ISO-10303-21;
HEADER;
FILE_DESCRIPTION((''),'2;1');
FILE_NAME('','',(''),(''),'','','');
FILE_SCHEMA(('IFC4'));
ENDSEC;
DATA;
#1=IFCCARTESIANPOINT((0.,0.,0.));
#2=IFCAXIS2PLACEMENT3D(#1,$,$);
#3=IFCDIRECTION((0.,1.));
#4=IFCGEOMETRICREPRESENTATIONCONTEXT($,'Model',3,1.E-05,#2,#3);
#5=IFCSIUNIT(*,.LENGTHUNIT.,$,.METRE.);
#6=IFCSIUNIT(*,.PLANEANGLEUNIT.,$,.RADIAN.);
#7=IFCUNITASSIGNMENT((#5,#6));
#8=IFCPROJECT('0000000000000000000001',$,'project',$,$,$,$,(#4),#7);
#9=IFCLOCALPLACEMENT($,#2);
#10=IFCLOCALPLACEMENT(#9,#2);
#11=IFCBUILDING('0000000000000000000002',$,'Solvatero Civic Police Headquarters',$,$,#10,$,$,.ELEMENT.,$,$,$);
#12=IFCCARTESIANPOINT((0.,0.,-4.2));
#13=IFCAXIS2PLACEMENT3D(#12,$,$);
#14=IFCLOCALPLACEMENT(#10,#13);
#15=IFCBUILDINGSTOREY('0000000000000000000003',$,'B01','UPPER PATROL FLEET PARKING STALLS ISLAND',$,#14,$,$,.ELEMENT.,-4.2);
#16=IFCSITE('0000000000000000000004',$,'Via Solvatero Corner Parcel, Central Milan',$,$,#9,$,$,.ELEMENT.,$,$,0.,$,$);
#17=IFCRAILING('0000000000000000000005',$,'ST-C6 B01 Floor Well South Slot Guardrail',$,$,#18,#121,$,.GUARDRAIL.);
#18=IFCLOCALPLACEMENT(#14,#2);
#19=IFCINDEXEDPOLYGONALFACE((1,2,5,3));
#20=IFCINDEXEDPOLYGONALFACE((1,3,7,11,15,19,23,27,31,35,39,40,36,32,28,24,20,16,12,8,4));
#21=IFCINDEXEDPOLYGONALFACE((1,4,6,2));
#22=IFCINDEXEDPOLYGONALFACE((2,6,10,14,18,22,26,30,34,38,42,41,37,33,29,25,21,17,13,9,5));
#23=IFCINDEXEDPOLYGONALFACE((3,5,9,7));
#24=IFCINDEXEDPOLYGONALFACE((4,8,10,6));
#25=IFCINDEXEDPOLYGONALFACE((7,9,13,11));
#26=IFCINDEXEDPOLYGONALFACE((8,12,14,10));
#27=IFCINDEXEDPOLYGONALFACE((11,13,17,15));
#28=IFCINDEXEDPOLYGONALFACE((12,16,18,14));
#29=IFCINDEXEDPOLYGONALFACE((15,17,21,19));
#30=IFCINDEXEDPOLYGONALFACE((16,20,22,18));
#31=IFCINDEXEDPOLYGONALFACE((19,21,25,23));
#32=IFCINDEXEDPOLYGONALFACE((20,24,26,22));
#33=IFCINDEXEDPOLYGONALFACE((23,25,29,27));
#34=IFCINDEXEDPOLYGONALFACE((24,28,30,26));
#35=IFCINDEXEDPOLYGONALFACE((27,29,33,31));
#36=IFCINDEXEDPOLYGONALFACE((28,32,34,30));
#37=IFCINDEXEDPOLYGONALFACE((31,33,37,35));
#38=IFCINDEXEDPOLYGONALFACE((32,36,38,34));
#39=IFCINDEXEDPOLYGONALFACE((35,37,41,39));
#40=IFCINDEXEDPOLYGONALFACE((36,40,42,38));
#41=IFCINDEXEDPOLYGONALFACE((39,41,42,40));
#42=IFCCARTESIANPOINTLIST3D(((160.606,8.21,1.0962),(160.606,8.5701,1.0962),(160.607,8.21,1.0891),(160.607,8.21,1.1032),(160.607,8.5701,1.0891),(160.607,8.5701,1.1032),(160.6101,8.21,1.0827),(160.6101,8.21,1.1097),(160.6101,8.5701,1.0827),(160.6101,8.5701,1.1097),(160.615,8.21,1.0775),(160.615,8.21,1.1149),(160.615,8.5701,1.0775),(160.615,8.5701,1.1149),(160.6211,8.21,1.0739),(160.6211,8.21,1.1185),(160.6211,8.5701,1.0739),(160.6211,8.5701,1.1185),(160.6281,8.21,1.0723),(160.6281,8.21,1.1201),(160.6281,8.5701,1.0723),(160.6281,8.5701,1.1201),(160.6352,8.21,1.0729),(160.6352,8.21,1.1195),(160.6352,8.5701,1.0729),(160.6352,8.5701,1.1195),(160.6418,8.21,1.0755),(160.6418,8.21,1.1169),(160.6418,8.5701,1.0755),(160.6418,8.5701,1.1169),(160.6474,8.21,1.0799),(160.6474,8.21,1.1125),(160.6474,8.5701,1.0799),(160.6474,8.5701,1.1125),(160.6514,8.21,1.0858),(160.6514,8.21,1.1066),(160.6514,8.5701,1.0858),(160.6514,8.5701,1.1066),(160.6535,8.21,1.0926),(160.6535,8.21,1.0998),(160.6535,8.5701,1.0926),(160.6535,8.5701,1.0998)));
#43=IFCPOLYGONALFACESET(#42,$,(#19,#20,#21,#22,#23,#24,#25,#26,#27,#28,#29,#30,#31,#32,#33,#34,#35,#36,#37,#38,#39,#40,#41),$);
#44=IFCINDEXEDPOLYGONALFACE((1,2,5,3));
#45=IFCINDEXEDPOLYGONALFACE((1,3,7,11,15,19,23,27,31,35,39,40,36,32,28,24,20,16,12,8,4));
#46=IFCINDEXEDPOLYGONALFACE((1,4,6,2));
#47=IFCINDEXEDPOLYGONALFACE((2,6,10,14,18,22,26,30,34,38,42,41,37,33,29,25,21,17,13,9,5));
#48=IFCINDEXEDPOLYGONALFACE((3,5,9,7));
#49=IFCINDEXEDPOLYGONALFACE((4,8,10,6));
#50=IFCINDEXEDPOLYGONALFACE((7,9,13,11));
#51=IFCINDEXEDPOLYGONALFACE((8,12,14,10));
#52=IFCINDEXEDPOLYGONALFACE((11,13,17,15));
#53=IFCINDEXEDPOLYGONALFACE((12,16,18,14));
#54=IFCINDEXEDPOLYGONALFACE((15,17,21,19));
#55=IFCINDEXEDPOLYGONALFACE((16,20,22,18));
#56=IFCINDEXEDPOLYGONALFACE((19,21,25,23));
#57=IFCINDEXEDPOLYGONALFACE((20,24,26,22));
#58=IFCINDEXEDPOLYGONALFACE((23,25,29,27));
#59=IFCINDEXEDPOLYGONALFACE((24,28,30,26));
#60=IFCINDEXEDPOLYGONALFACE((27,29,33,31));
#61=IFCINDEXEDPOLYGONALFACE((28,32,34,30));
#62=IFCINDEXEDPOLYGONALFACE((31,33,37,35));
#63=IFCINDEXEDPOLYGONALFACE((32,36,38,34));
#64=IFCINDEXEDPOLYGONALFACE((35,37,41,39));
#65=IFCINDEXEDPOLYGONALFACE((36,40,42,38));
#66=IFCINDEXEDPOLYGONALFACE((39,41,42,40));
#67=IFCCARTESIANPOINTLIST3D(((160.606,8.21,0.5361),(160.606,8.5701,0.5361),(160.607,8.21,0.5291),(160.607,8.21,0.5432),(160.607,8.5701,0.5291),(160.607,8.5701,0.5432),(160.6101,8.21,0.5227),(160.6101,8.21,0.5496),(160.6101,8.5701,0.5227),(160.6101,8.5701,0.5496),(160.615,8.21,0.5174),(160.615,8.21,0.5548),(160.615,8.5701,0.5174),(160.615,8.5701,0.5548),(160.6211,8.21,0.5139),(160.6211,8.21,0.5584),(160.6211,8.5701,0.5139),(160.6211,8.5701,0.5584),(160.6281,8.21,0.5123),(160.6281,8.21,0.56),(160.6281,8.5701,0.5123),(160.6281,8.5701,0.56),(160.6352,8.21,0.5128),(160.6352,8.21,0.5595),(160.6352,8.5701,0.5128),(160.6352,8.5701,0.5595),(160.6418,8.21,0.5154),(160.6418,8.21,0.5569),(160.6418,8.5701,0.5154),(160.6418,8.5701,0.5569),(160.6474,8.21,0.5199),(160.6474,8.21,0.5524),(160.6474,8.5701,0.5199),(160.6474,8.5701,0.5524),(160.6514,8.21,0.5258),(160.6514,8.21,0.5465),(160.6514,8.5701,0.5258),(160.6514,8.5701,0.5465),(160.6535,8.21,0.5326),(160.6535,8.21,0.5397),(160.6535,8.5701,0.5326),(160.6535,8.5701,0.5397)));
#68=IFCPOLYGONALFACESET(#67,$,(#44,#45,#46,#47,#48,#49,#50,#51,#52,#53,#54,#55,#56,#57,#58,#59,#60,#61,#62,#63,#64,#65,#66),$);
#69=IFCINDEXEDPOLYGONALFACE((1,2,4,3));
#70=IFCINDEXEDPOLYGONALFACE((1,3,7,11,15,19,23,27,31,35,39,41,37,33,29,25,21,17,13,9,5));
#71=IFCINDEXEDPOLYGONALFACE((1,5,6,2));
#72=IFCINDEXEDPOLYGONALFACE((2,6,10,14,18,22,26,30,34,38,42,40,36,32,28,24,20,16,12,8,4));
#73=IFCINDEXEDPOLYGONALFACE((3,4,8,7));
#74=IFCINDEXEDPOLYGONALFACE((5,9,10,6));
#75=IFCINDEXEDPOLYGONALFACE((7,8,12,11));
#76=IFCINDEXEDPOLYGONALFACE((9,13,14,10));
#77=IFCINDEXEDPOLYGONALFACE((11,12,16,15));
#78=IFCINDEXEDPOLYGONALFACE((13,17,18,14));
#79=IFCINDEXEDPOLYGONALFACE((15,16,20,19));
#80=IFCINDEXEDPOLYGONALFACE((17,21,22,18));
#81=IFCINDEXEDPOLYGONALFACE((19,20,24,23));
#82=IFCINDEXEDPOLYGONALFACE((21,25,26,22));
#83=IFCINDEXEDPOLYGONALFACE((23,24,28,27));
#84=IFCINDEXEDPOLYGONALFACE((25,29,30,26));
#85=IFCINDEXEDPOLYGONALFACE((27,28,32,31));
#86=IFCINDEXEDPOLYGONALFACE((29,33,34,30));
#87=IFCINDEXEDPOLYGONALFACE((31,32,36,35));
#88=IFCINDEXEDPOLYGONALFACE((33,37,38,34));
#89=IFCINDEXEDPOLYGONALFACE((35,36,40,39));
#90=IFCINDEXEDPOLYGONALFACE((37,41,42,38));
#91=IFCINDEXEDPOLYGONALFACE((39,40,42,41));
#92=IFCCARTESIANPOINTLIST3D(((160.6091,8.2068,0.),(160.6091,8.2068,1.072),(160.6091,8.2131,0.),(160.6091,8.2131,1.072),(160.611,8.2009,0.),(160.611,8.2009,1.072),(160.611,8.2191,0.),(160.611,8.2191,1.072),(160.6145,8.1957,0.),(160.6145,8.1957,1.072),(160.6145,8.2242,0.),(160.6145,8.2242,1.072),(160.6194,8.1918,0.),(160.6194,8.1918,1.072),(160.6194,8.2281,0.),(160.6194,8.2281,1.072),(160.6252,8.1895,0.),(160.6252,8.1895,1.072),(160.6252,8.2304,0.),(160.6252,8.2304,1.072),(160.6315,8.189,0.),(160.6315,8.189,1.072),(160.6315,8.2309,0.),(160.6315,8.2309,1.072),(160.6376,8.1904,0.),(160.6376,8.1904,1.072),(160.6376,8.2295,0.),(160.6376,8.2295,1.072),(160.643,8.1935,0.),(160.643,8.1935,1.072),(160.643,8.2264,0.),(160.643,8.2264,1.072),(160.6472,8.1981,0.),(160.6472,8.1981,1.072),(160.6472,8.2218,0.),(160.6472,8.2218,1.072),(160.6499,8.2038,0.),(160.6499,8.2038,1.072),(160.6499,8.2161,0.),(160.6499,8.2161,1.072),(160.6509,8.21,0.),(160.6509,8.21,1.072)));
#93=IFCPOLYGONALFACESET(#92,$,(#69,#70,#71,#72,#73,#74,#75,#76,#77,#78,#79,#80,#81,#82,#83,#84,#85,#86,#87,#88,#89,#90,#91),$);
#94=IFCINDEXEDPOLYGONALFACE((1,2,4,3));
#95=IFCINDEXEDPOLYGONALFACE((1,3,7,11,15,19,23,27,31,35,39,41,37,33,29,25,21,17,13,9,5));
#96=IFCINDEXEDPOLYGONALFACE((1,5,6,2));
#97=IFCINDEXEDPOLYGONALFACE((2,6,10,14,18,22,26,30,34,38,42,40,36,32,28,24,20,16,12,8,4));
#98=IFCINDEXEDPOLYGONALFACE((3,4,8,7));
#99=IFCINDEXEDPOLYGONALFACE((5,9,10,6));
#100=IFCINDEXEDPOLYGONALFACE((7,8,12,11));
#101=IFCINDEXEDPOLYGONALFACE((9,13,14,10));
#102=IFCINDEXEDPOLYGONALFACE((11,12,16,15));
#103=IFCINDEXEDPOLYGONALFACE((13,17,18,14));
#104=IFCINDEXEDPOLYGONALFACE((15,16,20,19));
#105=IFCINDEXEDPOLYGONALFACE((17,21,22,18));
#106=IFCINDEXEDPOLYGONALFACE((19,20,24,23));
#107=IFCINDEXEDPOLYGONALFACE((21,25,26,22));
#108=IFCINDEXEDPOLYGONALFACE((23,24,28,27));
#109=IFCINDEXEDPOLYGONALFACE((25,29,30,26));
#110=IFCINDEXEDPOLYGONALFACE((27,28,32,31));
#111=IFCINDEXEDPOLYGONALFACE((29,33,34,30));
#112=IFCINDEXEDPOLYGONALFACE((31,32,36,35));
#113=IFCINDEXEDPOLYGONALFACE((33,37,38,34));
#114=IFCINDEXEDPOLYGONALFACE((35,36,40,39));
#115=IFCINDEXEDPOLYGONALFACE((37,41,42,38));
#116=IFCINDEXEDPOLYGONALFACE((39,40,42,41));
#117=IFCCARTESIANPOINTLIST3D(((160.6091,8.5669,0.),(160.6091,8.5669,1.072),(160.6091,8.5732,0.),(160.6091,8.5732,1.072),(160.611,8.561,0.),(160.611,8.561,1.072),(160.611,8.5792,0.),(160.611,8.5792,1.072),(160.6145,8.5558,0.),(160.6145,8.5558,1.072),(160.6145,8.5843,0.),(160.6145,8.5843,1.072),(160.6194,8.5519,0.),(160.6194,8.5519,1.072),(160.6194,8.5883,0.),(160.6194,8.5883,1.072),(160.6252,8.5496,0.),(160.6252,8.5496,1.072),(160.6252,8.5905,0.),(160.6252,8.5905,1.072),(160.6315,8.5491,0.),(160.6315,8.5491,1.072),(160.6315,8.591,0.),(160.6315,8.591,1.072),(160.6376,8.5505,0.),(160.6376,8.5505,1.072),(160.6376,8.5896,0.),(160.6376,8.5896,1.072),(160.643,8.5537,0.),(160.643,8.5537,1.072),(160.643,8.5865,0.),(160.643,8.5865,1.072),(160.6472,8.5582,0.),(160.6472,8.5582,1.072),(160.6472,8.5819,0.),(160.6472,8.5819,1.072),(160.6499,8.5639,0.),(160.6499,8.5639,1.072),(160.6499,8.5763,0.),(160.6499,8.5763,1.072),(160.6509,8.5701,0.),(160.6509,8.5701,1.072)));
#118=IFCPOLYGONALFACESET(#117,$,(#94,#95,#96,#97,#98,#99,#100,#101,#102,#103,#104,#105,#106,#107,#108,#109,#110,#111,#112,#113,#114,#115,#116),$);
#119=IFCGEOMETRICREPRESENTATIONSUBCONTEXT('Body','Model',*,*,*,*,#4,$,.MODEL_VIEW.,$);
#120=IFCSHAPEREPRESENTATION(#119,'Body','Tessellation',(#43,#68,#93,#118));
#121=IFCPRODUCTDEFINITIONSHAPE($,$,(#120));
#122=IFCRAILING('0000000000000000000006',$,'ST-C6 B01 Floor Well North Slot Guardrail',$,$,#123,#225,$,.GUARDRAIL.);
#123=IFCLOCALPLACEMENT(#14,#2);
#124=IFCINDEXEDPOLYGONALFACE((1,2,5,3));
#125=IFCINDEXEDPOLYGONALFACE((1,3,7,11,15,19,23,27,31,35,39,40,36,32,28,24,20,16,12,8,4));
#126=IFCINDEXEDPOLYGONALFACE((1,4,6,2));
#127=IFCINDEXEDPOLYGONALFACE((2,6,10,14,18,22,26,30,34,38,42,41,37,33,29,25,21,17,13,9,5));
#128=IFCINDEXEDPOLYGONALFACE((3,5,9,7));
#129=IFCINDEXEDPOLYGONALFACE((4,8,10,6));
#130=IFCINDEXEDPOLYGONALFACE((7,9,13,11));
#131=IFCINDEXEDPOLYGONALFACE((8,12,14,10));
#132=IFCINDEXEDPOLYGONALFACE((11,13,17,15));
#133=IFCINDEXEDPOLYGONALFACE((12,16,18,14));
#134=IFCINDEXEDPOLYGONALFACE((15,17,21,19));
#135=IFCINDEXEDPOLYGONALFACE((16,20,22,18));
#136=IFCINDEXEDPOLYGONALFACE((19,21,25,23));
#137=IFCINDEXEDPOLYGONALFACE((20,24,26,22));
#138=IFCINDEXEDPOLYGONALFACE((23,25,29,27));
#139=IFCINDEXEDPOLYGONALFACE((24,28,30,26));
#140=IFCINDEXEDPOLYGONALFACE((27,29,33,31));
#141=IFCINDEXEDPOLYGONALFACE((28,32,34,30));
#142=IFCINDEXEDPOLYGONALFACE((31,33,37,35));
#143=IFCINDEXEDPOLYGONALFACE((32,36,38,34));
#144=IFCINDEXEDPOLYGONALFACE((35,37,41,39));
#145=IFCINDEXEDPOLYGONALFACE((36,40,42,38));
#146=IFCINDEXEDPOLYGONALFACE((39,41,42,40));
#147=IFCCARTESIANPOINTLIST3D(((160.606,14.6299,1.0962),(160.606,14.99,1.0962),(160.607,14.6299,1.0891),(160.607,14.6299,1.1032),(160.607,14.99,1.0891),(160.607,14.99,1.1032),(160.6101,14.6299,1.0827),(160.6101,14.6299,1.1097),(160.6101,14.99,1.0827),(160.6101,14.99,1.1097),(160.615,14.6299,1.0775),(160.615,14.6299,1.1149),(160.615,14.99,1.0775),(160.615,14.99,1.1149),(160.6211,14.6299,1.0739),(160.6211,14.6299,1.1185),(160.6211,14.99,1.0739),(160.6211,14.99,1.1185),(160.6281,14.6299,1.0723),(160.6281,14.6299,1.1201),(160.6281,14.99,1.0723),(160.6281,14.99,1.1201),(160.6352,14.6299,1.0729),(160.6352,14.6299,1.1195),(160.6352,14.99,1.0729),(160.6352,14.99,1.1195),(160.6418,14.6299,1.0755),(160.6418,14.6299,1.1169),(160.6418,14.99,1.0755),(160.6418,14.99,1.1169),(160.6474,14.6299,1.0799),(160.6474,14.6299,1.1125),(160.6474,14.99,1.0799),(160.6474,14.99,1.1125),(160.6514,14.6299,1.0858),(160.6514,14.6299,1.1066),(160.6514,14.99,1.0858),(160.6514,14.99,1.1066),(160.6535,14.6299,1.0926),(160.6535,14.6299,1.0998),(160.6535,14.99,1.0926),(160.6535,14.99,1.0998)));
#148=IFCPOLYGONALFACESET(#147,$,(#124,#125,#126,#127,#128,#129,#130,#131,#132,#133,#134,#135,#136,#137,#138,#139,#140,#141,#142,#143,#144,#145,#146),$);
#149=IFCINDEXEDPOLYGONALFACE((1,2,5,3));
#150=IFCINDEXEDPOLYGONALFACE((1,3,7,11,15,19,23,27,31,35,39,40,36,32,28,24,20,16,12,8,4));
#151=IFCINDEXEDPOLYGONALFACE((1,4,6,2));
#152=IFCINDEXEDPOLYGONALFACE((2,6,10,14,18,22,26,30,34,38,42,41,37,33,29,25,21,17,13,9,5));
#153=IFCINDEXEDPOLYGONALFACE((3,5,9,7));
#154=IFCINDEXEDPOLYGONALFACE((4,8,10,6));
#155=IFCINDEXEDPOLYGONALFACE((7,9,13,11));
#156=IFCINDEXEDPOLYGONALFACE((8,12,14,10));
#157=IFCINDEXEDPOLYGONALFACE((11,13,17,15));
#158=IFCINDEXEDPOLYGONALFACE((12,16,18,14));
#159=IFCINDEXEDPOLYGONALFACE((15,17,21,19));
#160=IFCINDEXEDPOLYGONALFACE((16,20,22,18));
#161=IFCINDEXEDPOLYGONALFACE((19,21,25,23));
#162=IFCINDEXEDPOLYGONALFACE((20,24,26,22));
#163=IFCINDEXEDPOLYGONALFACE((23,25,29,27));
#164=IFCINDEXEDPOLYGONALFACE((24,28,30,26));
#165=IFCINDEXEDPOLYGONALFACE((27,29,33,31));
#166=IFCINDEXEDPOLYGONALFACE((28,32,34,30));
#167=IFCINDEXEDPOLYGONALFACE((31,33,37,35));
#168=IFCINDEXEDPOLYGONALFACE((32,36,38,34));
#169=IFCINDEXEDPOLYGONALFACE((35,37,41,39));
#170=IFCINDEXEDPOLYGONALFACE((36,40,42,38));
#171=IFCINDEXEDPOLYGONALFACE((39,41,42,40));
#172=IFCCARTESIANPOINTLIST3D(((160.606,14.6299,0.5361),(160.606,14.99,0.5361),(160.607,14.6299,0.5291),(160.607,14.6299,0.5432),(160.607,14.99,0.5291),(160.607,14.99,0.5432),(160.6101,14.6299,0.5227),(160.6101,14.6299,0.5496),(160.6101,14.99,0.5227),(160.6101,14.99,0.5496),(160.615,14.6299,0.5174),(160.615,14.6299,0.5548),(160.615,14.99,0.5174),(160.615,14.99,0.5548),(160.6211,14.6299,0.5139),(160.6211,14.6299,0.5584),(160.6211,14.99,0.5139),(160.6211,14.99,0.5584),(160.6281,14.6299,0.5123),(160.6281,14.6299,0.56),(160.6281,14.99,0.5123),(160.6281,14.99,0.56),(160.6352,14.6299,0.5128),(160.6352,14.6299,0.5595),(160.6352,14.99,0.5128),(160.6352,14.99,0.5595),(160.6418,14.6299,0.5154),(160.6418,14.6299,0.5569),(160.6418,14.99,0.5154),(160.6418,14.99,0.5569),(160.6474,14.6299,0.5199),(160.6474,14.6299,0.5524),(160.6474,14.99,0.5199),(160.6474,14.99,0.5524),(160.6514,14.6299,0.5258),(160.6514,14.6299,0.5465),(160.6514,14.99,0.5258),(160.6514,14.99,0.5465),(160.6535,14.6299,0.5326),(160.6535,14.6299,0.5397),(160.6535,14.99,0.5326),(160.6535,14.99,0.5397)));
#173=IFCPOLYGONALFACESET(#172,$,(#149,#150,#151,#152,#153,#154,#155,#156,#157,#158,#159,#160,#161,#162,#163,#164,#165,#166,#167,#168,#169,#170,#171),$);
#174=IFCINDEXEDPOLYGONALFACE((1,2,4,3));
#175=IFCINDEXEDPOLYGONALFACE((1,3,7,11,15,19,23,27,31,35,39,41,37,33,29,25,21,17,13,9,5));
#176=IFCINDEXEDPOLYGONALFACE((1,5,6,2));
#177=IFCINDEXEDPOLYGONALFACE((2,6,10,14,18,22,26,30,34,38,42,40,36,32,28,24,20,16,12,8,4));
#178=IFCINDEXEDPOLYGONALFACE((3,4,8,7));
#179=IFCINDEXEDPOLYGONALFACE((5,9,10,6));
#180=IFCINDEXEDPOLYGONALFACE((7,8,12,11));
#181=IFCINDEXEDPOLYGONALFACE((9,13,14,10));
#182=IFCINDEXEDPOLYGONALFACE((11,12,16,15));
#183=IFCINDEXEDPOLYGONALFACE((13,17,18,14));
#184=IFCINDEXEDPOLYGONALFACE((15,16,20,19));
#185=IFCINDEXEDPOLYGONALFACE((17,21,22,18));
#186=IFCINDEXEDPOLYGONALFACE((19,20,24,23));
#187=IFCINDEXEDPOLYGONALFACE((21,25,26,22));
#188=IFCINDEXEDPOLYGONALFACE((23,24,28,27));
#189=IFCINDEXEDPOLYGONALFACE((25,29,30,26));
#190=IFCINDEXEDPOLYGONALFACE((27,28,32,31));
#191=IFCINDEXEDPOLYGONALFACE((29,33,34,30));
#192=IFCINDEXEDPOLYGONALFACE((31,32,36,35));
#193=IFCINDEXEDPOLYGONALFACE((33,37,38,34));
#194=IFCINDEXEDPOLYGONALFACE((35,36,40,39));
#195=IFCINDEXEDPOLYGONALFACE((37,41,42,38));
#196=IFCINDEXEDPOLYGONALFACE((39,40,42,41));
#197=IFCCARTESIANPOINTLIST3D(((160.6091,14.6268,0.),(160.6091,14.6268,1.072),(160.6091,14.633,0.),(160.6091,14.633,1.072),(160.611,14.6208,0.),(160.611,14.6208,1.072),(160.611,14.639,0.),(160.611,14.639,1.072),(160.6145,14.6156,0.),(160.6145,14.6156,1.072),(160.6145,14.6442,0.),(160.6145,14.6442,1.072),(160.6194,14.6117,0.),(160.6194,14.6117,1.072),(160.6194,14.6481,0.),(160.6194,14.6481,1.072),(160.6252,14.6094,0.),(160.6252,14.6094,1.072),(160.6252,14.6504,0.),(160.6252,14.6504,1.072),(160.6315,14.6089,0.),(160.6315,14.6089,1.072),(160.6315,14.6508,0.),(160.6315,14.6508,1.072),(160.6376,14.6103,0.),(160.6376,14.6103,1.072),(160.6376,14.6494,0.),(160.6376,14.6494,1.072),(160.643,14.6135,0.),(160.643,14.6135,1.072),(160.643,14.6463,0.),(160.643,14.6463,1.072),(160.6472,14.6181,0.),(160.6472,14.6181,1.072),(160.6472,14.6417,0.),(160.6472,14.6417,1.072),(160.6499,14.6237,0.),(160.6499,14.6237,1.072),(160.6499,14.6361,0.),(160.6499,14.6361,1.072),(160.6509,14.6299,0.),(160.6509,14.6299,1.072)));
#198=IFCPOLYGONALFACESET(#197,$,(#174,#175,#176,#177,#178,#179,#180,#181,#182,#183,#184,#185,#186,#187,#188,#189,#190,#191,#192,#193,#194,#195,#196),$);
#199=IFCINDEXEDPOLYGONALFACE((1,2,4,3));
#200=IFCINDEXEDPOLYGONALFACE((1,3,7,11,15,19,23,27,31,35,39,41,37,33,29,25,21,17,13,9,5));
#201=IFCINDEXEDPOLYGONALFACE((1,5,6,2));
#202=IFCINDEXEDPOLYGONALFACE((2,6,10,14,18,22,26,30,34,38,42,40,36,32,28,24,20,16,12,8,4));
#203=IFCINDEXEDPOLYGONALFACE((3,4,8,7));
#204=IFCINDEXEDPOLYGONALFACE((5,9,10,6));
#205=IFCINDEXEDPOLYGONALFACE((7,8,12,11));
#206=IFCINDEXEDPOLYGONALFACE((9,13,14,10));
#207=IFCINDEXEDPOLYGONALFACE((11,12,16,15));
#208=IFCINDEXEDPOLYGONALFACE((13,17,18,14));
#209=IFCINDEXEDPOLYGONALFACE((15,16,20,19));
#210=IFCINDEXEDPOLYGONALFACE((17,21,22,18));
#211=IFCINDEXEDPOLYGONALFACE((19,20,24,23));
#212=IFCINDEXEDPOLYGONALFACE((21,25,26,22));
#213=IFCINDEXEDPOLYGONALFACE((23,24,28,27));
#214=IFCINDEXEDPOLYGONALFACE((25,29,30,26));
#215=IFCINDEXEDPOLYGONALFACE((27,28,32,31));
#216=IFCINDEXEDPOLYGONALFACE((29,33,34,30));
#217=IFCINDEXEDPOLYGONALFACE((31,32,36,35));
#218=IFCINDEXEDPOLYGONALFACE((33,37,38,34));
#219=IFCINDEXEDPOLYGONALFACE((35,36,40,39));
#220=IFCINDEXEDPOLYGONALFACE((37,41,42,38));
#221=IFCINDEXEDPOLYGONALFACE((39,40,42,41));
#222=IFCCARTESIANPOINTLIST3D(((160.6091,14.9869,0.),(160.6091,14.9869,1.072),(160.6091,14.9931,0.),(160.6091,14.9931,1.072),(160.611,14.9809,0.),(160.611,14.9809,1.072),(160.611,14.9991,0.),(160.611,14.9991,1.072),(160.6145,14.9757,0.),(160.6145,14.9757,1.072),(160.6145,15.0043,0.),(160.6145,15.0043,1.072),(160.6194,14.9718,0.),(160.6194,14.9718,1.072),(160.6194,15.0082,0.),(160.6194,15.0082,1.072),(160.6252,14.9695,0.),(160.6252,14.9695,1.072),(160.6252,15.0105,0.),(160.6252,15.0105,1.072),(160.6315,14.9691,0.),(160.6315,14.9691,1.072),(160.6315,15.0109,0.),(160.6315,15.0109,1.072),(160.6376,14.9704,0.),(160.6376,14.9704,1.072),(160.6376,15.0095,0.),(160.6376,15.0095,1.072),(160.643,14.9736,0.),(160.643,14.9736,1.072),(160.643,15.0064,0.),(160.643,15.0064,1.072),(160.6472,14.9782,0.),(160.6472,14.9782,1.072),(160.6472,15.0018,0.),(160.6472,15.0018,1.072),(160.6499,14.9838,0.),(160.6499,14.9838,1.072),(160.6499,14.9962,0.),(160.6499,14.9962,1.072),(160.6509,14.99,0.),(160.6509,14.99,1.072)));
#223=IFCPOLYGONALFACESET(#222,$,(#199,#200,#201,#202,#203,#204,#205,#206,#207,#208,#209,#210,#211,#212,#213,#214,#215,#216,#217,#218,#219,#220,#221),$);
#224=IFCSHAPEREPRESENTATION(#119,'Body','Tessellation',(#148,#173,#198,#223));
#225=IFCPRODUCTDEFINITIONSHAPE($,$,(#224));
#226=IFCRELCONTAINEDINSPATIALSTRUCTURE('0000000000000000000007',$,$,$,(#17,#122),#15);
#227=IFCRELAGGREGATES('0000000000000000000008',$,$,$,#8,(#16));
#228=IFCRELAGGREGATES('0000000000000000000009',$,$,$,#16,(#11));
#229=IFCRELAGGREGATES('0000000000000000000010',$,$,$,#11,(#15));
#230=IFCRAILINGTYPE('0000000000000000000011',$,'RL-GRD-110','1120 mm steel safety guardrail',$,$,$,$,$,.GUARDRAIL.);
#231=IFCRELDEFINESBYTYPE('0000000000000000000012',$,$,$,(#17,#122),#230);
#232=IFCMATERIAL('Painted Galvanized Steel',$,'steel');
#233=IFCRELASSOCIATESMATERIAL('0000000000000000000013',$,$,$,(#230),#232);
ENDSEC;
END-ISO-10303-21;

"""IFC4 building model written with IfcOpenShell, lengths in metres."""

from ifc_helpers import new_model, si_unit, direction, frame, origin, origin_2d, place, context, subcontext, project, spatial, circle, extrude, material, type_object, element, save


model = new_model("IFC4")

# Units and contexts
model_context = context("Model", 3, precision=1e-05, world=origin(), true_north=direction((0.0, 1.0)))
body_context = subcontext(model_context, "Body", "Model", "MODEL_VIEW")
ifc_project = project(units=[si_unit("LENGTHUNIT", "METRE"), si_unit("PLANEANGLEUNIT", "RADIAN")], contexts=[model_context])

# Site, building, storey
site_placement = place(None, origin())
site = spatial("IfcSite", under=ifc_project, at=site_placement, Name="Via Solvatero Corner Parcel, Central Milan", CompositionType="ELEMENT", RefElevation=0.0)
building_placement = place(site_placement, origin())
building = spatial("IfcBuilding", under=site, at=building_placement, Name="Solvatero Civic Police Headquarters", CompositionType="ELEMENT")
storey_placement = place(building_placement, frame((0.0, 0.0, -4.2)))
storey = spatial("IfcBuildingStorey", under=building, at=storey_placement, Name="B01", Description="UPPER PATROL FLEET PARKING STALLS ISLAND", CompositionType="ELEMENT", Elevation=-4.2)

# Railings
ifc_material_1 = material(Name="Painted Galvanized Steel", Category="steel")
railing_type_1 = type_object("IfcRailingType", Name="RL-GRD-110", Description="1120 mm steel safety guardrail", PredefinedType="GUARDRAIL", material=ifc_material_1)
for number, where, name in (
    (1, (160.6299, 8.21, 0.0), "ST-C6 B01 Floor Well South Slot Guardrail"),
    (2, (160.6299, 14.6299, 0.0), "ST-C6 B01 Floor Well North Slot Guardrail"),
):
    element("IfcRailing", number, at=place(storey_placement, frame(where)), inside=storey, type_object=railing_type_1, Name=name, PredefinedType="GUARDRAIL", context=body_context, shape_type="SweptSolid", body=[
        extrude(circle(Radius=0.0239, at=origin_2d()), frame((0.0, 0.0, 1.0962), z_axis=(0.0, 1.0, 0.0), x_axis=(-1.0, 0.0, 0.0)), (0.0, 0.0, 1.0), 0.3601),
        extrude(circle(Radius=0.0239, at=origin_2d()), frame((0.0, 0.0, 0.5361), z_axis=(0.0, 1.0, 0.0), x_axis=(-1.0, 0.0, 0.0)), (0.0, 0.0, 1.0), 0.3601),
        extrude(circle(Radius=0.021, at=origin_2d()), origin(), (0.0, 0.0, 1.0), 1.072),
        extrude(circle(Radius=0.021, at=origin_2d()), frame((0.0, 0.3601, 0.0)), (0.0, 0.0, 1.0), 1.072),
    ])

save(model, "model.ifc")
